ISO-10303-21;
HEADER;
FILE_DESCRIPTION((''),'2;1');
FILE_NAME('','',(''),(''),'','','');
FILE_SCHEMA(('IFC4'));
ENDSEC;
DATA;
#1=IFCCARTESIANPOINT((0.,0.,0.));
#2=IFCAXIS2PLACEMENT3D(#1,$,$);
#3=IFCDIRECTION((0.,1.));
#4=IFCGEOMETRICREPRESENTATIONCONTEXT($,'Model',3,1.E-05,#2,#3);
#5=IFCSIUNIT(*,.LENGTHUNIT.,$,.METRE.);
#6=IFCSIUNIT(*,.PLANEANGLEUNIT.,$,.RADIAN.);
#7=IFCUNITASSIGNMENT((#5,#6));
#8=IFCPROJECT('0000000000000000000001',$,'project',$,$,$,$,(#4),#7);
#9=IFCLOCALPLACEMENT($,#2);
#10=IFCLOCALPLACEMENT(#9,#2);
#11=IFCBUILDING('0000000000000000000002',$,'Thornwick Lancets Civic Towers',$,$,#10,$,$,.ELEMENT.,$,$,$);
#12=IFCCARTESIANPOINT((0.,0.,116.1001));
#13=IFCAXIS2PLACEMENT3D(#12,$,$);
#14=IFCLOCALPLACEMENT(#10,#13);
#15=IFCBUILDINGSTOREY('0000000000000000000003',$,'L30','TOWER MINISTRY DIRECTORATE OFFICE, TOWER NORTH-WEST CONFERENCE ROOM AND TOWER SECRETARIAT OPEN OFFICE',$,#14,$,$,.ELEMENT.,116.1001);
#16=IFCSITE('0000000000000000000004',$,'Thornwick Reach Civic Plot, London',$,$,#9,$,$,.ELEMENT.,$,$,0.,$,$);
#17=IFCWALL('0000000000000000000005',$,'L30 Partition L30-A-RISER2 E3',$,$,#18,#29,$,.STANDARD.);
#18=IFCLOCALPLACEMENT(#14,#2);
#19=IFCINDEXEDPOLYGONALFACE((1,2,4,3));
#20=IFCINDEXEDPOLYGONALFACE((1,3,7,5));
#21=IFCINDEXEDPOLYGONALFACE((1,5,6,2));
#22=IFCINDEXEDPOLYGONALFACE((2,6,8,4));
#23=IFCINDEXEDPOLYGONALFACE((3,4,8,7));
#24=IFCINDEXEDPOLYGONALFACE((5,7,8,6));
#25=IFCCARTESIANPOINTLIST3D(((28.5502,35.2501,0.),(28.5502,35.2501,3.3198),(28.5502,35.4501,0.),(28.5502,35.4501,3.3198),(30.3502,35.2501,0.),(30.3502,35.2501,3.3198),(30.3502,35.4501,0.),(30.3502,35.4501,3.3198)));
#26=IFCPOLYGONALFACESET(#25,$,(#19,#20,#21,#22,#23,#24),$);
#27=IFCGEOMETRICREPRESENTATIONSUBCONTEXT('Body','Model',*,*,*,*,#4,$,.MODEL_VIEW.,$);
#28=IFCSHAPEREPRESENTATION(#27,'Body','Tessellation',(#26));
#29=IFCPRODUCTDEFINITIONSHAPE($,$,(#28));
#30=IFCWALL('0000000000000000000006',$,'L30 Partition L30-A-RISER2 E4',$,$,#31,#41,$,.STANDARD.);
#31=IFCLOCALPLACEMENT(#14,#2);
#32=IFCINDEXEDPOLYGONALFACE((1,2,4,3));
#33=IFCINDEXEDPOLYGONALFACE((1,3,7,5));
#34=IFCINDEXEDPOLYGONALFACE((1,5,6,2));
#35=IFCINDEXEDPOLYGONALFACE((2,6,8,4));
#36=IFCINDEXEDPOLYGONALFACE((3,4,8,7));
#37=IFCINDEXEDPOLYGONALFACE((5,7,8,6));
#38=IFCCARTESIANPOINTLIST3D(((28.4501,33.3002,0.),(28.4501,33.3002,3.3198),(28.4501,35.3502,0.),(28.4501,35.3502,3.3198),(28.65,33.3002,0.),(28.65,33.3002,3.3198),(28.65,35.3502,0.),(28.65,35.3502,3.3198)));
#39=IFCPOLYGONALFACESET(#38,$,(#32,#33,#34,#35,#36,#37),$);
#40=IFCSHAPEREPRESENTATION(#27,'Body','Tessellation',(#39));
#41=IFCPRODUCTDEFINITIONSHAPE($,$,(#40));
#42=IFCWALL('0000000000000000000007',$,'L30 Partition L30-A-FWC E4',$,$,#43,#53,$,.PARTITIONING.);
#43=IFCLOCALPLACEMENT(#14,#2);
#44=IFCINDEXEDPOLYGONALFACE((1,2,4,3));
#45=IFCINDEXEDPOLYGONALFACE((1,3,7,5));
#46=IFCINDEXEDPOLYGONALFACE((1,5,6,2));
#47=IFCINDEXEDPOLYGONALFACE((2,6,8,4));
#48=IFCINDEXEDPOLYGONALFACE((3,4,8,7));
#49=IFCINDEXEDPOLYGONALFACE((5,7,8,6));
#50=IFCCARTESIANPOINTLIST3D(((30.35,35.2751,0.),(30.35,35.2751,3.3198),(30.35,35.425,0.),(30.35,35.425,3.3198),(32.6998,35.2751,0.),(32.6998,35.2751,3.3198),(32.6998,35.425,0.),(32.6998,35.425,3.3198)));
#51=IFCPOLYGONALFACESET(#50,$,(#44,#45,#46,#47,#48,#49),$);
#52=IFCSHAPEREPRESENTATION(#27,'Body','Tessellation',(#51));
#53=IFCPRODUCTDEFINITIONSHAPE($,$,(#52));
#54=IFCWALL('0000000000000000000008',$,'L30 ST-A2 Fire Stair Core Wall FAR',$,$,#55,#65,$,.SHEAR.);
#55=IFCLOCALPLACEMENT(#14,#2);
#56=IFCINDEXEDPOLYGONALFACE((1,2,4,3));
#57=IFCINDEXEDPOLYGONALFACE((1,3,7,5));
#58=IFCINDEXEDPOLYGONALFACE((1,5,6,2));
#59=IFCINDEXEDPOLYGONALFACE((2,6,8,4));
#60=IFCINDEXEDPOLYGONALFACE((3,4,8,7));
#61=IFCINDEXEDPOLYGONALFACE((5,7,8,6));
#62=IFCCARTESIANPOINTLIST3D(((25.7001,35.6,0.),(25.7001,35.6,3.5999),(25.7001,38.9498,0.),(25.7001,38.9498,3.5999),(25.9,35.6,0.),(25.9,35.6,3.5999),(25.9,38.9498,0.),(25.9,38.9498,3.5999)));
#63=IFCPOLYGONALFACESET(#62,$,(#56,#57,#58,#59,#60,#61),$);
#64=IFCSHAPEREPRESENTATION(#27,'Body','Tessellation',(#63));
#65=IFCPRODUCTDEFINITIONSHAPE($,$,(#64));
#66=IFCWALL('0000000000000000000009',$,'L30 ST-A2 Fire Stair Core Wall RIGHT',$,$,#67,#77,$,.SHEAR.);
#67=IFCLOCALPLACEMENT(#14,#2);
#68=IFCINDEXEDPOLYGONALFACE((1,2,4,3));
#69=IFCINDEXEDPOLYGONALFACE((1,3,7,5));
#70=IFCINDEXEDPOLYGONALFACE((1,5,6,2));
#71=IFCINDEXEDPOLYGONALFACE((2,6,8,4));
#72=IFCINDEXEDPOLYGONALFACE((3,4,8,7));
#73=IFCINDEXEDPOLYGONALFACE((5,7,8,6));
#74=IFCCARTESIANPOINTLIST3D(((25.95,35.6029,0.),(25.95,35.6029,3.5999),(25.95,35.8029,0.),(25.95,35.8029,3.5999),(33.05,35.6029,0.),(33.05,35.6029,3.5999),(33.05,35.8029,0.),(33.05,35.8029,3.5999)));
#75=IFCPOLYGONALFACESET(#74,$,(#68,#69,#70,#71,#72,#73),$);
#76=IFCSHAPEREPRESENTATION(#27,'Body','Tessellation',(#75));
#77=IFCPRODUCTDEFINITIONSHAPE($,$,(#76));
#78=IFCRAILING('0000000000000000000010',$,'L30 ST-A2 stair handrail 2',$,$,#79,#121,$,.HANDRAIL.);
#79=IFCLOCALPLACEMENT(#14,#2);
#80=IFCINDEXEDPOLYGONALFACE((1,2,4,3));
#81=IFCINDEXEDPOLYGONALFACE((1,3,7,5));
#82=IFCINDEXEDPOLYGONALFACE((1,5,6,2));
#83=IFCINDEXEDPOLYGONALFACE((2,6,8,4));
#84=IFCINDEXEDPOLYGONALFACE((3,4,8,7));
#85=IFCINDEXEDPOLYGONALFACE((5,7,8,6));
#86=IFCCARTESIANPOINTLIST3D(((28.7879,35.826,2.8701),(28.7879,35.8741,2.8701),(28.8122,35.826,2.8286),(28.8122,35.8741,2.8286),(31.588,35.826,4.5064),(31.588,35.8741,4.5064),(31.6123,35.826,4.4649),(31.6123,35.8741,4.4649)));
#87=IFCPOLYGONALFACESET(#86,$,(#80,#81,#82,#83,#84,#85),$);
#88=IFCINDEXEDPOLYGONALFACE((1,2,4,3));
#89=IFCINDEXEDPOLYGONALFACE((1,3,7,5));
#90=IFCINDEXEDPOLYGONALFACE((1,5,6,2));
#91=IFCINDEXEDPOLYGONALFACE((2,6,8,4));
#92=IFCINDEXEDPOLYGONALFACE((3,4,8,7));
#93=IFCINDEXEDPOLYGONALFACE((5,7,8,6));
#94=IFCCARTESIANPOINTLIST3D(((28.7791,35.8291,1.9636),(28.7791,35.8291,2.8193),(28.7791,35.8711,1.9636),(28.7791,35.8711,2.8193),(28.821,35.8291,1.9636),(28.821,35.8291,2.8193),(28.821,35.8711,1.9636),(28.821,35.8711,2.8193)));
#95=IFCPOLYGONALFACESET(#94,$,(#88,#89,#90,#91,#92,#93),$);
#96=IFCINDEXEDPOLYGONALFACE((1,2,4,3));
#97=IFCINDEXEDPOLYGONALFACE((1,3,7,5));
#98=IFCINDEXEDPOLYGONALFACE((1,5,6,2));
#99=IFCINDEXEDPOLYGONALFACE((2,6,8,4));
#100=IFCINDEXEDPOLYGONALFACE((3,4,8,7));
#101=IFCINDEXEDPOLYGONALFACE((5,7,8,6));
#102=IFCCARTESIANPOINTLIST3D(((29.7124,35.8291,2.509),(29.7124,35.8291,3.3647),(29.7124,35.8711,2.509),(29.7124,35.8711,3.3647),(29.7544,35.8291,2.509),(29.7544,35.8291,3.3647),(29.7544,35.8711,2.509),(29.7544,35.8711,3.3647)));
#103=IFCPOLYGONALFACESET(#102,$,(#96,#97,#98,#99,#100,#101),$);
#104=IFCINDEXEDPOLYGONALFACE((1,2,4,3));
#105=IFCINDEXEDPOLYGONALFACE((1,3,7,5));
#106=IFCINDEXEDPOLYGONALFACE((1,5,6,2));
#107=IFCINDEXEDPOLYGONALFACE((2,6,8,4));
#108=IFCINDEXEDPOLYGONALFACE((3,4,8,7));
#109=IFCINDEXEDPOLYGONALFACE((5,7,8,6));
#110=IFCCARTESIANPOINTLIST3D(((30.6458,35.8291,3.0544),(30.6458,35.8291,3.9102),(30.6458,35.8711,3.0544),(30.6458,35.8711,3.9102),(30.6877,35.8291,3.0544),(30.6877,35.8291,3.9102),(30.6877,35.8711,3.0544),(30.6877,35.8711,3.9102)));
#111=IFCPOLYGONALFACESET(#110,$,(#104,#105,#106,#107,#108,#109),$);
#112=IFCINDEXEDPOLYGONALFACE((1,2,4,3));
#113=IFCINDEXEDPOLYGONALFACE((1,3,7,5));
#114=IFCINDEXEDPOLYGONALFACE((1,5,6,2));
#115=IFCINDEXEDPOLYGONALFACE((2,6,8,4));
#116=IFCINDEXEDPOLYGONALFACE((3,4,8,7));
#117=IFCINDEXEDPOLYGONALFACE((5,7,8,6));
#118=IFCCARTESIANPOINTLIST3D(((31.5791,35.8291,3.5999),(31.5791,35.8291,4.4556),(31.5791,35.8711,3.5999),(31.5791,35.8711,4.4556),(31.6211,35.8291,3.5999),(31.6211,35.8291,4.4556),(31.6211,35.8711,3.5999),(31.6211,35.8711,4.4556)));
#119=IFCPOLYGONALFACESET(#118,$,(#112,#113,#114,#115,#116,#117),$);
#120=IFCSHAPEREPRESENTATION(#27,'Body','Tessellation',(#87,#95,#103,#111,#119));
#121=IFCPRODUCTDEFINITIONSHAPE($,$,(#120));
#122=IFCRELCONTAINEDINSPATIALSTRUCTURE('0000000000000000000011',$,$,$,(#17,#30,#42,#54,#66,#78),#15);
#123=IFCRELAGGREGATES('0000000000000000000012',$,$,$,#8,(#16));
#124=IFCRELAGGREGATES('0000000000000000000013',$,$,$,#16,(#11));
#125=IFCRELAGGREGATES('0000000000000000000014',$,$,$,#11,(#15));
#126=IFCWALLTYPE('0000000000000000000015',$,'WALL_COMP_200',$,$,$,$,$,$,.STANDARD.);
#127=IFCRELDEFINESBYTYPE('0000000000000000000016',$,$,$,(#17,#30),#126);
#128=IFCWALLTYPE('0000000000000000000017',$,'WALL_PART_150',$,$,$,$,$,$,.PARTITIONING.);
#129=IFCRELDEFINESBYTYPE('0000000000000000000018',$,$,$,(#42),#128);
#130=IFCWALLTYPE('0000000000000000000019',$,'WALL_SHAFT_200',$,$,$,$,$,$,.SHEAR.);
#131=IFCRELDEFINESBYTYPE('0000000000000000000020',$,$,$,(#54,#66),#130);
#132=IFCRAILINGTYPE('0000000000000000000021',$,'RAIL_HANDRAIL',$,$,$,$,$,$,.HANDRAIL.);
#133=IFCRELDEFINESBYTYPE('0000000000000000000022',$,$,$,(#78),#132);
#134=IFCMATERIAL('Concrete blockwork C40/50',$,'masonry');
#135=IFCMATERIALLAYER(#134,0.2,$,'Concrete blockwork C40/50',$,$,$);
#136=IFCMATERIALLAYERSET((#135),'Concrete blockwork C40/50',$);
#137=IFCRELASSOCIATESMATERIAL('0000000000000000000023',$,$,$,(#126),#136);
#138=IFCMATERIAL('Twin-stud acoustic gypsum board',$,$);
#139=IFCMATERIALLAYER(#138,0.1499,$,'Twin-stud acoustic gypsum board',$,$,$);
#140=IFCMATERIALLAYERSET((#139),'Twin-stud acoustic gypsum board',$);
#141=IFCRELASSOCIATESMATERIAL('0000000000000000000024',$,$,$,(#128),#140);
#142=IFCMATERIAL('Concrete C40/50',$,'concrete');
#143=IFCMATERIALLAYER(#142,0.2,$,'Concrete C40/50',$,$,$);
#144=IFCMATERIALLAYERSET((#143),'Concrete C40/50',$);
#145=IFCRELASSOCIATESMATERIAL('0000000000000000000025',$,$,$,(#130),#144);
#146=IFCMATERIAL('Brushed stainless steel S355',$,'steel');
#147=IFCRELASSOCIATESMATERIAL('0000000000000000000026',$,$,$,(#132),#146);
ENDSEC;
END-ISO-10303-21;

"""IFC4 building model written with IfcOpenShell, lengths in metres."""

from ifc_helpers import new_model, si_unit, direction, frame, frame_2d, origin, origin_2d, place, context, subcontext, project, spatial, rectangle, extrude, material, layer, layer_set, type_object, element, save


model = new_model("IFC4")

# Units and contexts
model_context = context("Model", 3, precision=1e-05, world=origin(), true_north=direction((0.0, 1.0)))
body_context = subcontext(model_context, "Body", "Model", "MODEL_VIEW")
ifc_project = project(units=[si_unit("LENGTHUNIT", "METRE"), si_unit("PLANEANGLEUNIT", "RADIAN")], contexts=[model_context])

# Site, building, storey
site_placement = place(None, origin())
site = spatial("IfcSite", under=ifc_project, at=site_placement, Name="Thornwick Reach Civic Plot, London", CompositionType="ELEMENT", RefElevation=0.0)
building_placement = place(site_placement, origin())
building = spatial("IfcBuilding", under=site, at=building_placement, Name="Thornwick Lancets Civic Towers", CompositionType="ELEMENT")
storey_placement = place(building_placement, frame((0.0, 0.0, 116.1001)))
storey = spatial("IfcBuildingStorey", under=building, at=storey_placement, Name="L30", Description="TOWER MINISTRY DIRECTORATE OFFICE, TOWER NORTH-WEST CONFERENCE ROOM AND TOWER SECRETARIAT OPEN OFFICE", CompositionType="ELEMENT", Elevation=116.1001)

# Shared definitions
ifc_material_1 = material(Name="Concrete blockwork C40/50", Category="masonry")
ifc_layer_1 = layer(ifc_material_1, 0.2, Name="Concrete blockwork C40/50")
ifc_layer_set_1 = layer_set([ifc_layer_1], Name="Concrete blockwork C40/50")
wall_type_1 = type_object("IfcWallType", Name="WALL_COMP_200", PredefinedType="STANDARD", material=ifc_layer_set_1)

# Walls
wall_1_placement = place(storey_placement, frame((30.3501, 35.3501, 0.0), z_axis=(0.0, 0.0, 1.0), x_axis=(-1.0, 0.0, 0.0)))
element("IfcWall", 1, at=wall_1_placement, inside=storey, type_object=wall_type_1, Name="L30 Partition L30-A-RISER2 E3", PredefinedType="STANDARD", context=body_context, shape_type="SweptSolid", body=[
    extrude(rectangle(XDim=1.8, YDim=0.2, at=frame_2d((0.8999, 0.0))), origin(), (0.0, 0.0, 1.0), 3.3198),
])
wall_2_placement = place(storey_placement, frame((28.55, 35.3501, 0.0), z_axis=(0.0, 0.0, 1.0), x_axis=(0.0, -1.0, 0.0)))
element("IfcWall", 2, at=wall_2_placement, inside=storey, type_object=wall_type_1, Name="L30 Partition L30-A-RISER2 E4", PredefinedType="STANDARD", context=body_context, shape_type="SweptSolid", body=[
    extrude(rectangle(XDim=2.05, YDim=0.2, at=frame_2d((1.0249, 0.0))), origin(), (0.0, 0.0, 1.0), 3.3198),
])
ifc_material_2 = material(Name="Twin-stud acoustic gypsum board")
ifc_layer_2 = layer(ifc_material_2, 0.1499, Name="Twin-stud acoustic gypsum board")
ifc_layer_set_2 = layer_set([ifc_layer_2], Name="Twin-stud acoustic gypsum board")
wall_type_2 = type_object("IfcWallType", Name="WALL_PART_150", PredefinedType="PARTITIONING", material=ifc_layer_set_2)
wall_3_placement = place(storey_placement, frame((30.3501, 35.3501, 0.0), z_axis=(0.0, 0.0, 1.0), x_axis=(1.0, 0.0, 0.0)))
element("IfcWall", 3, at=wall_3_placement, inside=storey, type_object=wall_type_2, Name="L30 Partition L30-A-FWC E4", PredefinedType="PARTITIONING", context=body_context, shape_type="SweptSolid", body=[
    extrude(rectangle(XDim=2.3499, YDim=0.1499, at=frame_2d((1.1748, 0.0))), origin(), (0.0, 0.0, 1.0), 3.3198),
])
ifc_material_3 = material(Name="Concrete C40/50", Category="concrete")
ifc_layer_3 = layer(ifc_material_3, 0.2, Name="Concrete C40/50")
ifc_layer_set_3 = layer_set([ifc_layer_3], Name="Concrete C40/50")
wall_type_3 = type_object("IfcWallType", Name="WALL_SHAFT_200", PredefinedType="SHEAR", material=ifc_layer_set_3)
wall_4_placement = place(storey_placement, frame((25.8, 35.6001, 0.0), z_axis=(0.0, 0.0, 1.0), x_axis=(0.0, 1.0, 0.0)))
element("IfcWall", 4, at=wall_4_placement, inside=storey, type_object=wall_type_3, Name="L30 ST-A2 Fire Stair Core Wall FAR", PredefinedType="SHEAR", context=body_context, shape_type="SweptSolid", body=[
    extrude(rectangle(XDim=3.3499, YDim=0.2, at=frame_2d((1.6748, 0.0))), origin(), (0.0, 0.0, 1.0), 3.5999),
])
wall_5_placement = place(storey_placement, frame((25.95, 35.7029, 0.0), z_axis=(0.0, 0.0, 1.0), x_axis=(1.0, 0.0, 0.0)))
element("IfcWall", 5, at=wall_5_placement, inside=storey, type_object=wall_type_3, Name="L30 ST-A2 Fire Stair Core Wall RIGHT", PredefinedType="SHEAR", context=body_context, shape_type="SweptSolid", body=[
    extrude(rectangle(XDim=7.1001, YDim=0.2, at=frame_2d((3.55, 0.0))), origin(), (0.0, 0.0, 1.0), 3.5999),
])

# Railing
ifc_material_4 = material(Name="Brushed stainless steel S355", Category="steel")
railing_type = type_object("IfcRailingType", Name="RAIL_HANDRAIL", PredefinedType="HANDRAIL", material=ifc_material_4)
railing_placement = place(storey_placement, frame((28.8, 35.8501, 1.9636)))
element("IfcRailing", 6, at=railing_placement, inside=storey, type_object=railing_type, Name="L30 ST-A2 stair handrail 2", PredefinedType="HANDRAIL", context=body_context, shape_type="SweptSolid", body=[
    extrude(rectangle(XDim=0.0481, YDim=0.0481, at=origin_2d()), frame((0.0, 0.0, 0.8857), z_axis=(0.863394, 0.0, 0.504531), x_axis=(0.0, 1.0, 0.0)), (0.0, 0.0, 1.0), 3.2432),
    extrude(rectangle(XDim=0.042, YDim=0.042, at=origin_2d()), origin(), (0.0, 0.0, 1.0), 0.8557),
    extrude(rectangle(XDim=0.042, YDim=0.042, at=origin_2d()), frame((0.9333, 0.0, 0.5454)), (0.0, 0.0, 1.0), 0.8557),
    extrude(rectangle(XDim=0.042, YDim=0.042, at=origin_2d()), frame((1.8667, 0.0, 1.0908)), (0.0, 0.0, 1.0), 0.8557),
    extrude(rectangle(XDim=0.042, YDim=0.042, at=origin_2d()), frame((2.8, 0.0, 1.6362)), (0.0, 0.0, 1.0), 0.8557),
])

save(model, "model.ifc")
